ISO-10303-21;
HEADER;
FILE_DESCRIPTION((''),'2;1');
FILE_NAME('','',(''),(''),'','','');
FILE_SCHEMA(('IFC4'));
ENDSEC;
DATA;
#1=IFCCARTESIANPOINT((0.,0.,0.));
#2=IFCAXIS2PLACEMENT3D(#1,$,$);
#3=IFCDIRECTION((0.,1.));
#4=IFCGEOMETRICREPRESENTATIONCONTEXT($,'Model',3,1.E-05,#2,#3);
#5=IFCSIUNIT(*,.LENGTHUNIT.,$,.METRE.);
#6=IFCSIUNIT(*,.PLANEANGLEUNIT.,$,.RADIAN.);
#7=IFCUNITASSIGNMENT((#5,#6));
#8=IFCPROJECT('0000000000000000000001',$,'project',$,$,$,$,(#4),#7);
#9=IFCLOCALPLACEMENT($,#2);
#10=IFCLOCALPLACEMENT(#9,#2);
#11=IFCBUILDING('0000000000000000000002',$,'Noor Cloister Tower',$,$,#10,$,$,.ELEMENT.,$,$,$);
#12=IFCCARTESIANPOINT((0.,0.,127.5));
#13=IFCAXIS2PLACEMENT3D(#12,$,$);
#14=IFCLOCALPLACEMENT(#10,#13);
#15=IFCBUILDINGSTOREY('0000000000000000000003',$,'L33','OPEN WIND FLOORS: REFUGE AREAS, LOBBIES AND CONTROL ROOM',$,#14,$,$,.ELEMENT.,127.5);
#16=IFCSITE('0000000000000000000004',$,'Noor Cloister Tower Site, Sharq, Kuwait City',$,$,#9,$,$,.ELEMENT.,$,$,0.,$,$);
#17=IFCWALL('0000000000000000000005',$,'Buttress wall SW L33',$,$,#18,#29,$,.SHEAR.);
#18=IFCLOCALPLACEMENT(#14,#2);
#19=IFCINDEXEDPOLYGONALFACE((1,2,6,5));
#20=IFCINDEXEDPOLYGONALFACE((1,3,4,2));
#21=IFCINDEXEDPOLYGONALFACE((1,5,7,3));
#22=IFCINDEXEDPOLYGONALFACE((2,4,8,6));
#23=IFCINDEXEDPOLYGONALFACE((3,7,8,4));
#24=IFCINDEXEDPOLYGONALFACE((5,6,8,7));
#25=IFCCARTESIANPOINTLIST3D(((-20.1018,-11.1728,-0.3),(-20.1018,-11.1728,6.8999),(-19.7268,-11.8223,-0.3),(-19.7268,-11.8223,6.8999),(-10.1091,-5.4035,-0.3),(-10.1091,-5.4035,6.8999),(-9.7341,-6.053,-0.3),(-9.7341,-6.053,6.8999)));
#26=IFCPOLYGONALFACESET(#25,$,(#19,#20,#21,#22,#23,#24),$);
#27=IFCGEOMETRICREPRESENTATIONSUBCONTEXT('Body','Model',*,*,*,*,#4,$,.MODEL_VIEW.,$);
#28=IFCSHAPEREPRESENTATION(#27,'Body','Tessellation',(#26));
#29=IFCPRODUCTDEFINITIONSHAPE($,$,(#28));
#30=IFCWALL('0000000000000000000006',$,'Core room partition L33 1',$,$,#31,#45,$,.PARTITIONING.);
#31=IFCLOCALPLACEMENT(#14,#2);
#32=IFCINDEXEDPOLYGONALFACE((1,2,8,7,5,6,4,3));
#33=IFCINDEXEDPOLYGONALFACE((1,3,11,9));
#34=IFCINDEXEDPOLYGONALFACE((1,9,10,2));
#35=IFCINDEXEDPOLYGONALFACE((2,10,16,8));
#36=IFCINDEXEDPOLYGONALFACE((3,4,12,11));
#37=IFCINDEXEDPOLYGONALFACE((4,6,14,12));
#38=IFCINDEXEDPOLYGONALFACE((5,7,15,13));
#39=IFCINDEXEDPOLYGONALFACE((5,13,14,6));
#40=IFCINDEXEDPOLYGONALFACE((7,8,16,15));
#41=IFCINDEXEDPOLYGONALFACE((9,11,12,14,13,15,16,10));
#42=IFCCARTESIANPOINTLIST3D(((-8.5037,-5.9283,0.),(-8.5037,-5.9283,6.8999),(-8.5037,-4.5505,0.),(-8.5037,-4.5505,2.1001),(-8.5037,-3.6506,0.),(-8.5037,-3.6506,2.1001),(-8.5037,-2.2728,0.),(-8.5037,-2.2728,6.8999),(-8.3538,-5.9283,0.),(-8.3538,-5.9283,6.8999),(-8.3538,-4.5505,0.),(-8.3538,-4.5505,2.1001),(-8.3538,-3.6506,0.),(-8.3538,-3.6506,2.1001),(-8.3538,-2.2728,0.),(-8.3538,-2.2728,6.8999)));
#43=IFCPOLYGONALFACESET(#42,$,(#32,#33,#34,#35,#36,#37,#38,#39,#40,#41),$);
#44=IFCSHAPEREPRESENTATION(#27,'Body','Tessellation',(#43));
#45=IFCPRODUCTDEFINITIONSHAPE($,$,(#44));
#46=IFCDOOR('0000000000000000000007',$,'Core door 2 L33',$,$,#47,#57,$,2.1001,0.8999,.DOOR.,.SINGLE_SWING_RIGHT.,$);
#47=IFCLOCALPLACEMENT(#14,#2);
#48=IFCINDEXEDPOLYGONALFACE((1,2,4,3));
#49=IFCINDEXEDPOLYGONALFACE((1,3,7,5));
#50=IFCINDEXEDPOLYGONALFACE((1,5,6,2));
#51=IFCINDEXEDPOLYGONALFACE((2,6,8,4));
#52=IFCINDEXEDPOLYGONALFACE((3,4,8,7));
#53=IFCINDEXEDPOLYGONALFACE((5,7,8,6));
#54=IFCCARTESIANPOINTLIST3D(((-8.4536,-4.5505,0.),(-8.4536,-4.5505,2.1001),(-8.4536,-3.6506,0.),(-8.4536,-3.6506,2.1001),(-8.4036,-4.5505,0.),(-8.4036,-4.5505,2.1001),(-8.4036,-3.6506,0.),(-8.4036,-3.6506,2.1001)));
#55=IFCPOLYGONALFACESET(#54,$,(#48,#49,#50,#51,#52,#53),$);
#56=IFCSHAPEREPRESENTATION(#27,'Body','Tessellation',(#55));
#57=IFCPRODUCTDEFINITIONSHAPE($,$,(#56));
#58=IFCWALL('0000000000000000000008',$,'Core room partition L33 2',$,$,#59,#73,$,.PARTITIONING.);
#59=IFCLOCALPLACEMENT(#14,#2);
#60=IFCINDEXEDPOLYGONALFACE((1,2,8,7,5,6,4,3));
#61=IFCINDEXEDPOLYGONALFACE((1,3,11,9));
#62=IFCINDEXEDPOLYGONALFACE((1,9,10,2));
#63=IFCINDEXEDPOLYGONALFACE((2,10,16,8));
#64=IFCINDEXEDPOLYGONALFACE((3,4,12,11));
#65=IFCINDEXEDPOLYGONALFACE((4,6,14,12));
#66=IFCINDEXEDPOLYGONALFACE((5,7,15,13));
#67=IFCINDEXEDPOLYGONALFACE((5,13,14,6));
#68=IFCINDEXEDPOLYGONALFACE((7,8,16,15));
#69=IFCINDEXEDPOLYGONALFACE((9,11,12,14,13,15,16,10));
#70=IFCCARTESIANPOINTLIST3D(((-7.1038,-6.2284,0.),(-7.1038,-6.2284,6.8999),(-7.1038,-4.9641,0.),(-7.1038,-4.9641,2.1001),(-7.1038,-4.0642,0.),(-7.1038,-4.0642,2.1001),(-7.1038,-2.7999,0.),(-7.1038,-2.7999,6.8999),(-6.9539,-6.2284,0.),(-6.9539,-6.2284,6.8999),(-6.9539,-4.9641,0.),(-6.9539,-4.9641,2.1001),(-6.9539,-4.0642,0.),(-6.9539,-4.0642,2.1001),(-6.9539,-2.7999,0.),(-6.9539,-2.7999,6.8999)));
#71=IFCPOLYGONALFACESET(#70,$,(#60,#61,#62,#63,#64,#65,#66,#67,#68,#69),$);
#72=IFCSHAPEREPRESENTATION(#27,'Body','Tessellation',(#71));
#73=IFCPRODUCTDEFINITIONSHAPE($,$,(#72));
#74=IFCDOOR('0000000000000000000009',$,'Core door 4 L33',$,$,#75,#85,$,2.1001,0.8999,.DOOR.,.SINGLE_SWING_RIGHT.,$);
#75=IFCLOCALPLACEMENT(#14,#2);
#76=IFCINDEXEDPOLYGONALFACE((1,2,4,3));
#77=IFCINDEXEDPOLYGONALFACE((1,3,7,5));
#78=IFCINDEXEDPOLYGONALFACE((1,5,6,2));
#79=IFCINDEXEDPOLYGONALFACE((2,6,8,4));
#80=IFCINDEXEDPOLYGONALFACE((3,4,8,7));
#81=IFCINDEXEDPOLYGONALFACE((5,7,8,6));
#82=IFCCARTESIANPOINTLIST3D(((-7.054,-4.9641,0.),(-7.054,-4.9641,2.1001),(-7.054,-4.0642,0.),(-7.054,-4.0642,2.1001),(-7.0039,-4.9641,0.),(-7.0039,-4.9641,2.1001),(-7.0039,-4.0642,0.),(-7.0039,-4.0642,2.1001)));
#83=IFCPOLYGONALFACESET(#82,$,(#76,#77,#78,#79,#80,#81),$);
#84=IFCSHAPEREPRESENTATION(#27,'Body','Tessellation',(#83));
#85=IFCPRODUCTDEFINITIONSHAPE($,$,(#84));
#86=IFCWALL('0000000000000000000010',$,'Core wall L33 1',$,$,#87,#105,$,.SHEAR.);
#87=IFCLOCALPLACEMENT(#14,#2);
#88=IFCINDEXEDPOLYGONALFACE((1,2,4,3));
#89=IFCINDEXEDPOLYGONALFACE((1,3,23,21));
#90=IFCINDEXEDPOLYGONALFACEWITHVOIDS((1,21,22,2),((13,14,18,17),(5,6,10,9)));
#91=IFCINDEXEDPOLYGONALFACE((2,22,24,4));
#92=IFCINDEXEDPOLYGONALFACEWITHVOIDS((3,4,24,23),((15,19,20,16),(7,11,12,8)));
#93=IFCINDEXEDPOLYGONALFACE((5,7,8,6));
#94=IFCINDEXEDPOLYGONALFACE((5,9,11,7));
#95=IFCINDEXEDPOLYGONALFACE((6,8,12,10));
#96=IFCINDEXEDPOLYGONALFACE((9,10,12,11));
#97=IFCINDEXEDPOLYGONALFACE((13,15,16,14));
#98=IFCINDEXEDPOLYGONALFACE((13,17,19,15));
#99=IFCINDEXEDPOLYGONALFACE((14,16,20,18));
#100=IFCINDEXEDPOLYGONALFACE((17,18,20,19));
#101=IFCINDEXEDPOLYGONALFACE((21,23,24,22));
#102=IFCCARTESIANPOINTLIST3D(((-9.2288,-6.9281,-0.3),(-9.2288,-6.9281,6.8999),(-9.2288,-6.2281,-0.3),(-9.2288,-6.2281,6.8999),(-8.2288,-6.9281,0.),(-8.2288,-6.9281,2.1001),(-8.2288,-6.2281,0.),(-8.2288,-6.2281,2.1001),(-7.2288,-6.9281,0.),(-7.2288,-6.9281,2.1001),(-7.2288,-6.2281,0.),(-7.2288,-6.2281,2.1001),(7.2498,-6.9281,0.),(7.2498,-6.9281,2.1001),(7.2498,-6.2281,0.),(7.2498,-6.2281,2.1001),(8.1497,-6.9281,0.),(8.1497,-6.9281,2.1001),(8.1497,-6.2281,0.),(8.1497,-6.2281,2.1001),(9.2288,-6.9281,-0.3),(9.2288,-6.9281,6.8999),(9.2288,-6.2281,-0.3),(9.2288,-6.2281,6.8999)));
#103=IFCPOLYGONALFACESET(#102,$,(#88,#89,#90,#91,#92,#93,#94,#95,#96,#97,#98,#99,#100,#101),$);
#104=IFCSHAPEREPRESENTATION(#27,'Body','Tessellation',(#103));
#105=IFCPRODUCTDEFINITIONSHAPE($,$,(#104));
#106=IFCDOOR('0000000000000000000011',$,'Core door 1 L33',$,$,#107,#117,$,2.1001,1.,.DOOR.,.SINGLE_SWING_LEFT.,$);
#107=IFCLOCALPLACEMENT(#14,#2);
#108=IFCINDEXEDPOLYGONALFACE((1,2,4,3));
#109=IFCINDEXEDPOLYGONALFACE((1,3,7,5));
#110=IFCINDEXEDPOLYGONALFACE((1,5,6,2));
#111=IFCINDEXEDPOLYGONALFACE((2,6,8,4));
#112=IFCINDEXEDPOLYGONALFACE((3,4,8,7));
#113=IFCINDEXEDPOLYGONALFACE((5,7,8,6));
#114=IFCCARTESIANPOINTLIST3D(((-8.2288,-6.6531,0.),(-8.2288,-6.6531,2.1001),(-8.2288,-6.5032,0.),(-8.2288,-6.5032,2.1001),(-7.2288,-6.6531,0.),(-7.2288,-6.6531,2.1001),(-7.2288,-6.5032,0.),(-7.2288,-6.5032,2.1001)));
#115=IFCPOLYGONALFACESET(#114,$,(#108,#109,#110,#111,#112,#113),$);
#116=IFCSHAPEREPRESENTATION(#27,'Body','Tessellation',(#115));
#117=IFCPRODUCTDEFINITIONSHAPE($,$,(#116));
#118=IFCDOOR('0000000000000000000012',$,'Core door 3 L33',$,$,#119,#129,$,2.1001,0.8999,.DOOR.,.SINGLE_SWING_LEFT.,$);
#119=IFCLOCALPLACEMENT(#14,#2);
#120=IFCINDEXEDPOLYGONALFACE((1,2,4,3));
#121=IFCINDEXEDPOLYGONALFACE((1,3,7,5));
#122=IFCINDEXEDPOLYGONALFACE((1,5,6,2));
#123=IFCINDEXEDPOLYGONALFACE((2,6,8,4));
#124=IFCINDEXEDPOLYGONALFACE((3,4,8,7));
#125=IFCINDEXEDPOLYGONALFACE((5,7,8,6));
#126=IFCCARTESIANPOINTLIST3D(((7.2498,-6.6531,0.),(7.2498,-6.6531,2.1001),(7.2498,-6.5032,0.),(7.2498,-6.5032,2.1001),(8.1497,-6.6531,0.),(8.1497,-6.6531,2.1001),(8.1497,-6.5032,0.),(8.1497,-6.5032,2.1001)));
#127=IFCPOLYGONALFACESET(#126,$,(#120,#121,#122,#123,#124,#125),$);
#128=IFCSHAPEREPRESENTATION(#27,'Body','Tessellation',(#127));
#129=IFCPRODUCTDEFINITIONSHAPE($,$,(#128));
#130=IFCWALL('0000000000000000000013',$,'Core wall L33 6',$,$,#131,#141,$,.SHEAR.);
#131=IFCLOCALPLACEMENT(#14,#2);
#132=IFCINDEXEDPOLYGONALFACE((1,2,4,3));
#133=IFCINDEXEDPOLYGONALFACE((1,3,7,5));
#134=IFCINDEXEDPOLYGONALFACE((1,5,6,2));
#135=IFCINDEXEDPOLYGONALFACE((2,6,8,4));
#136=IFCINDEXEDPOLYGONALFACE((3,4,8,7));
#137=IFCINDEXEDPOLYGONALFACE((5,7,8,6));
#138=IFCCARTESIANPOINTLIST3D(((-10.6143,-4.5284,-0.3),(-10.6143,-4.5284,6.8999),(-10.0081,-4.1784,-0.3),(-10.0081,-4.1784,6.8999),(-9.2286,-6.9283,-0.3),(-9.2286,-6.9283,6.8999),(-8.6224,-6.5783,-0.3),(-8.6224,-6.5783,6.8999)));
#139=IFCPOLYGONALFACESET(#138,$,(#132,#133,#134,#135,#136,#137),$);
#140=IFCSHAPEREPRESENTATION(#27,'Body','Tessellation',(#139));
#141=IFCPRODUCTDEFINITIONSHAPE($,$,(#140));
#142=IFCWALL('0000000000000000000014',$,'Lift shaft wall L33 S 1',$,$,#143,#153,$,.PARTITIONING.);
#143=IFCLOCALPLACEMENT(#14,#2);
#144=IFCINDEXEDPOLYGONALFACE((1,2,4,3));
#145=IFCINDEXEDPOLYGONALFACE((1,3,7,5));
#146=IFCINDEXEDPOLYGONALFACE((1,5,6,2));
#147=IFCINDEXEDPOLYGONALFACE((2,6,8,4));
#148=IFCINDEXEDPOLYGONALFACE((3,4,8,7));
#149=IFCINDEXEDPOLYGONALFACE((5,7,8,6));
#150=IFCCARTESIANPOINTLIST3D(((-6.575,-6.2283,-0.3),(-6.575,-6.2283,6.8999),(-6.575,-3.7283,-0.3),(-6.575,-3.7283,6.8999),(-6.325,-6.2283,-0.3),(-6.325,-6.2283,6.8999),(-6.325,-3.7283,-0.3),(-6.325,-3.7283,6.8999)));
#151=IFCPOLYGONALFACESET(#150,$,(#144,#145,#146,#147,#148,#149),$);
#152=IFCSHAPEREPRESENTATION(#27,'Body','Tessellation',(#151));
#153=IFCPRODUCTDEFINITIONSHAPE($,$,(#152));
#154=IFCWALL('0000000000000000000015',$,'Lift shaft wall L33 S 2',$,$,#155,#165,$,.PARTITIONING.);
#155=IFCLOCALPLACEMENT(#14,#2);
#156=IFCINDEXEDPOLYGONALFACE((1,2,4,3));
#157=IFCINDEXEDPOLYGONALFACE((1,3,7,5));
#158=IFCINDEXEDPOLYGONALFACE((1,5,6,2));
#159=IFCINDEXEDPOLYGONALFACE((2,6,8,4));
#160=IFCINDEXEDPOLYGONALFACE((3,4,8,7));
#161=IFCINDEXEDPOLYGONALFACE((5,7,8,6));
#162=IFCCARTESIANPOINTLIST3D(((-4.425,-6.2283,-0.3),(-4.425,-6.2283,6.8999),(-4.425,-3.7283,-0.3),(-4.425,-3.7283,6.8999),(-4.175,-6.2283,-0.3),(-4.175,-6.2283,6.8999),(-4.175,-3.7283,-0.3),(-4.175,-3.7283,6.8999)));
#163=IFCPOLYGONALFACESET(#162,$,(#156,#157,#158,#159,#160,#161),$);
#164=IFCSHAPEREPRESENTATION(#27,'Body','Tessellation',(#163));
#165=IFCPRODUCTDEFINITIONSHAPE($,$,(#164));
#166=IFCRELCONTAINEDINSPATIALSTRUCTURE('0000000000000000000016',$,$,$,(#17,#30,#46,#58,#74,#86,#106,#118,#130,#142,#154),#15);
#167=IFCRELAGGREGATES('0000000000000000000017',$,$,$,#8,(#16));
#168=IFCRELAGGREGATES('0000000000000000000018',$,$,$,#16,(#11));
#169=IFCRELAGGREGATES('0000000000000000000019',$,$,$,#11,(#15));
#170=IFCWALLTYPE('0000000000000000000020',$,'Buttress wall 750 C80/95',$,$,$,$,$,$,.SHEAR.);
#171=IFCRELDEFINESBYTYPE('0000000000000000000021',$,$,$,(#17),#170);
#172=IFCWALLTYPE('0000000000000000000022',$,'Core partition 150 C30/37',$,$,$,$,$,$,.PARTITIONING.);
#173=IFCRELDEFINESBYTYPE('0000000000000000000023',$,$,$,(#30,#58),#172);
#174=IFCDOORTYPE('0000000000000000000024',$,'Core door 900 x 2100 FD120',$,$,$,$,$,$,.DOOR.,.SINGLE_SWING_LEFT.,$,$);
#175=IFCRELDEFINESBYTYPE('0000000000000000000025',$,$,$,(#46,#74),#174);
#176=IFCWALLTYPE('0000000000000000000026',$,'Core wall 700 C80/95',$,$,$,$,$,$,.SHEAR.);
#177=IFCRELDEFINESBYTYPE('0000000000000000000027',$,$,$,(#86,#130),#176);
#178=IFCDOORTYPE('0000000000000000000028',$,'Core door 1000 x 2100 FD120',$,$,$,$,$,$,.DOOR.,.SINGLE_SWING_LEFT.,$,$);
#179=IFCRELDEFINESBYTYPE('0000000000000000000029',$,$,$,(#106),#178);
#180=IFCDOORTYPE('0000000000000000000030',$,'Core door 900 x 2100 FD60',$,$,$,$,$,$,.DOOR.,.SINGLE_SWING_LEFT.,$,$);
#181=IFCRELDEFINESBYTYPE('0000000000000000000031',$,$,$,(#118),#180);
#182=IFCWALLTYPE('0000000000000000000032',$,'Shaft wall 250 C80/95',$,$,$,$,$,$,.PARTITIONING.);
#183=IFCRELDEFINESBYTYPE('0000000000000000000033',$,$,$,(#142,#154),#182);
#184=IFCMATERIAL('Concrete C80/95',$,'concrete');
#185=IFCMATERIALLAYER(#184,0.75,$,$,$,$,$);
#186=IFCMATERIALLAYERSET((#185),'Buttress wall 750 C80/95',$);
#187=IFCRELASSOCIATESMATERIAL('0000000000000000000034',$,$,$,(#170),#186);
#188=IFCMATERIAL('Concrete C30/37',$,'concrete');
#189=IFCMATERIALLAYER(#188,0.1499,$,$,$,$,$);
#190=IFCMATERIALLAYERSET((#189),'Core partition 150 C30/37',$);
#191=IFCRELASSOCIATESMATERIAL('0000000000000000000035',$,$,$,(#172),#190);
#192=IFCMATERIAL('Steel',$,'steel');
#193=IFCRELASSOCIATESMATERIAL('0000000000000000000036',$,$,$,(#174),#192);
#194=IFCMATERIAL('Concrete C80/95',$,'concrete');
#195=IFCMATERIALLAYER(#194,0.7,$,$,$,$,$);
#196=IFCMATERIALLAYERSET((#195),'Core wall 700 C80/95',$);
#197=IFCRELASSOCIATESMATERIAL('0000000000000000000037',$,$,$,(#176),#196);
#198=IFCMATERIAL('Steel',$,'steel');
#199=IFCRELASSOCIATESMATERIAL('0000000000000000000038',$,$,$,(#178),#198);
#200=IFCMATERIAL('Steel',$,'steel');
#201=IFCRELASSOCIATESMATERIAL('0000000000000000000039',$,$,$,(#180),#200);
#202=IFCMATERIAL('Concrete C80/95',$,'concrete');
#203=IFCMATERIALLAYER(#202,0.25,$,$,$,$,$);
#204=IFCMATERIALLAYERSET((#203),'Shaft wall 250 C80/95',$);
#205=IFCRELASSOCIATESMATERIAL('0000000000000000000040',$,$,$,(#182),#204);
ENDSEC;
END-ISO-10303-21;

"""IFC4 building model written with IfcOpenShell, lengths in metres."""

from ifc_helpers import new_model, si_unit, direction, frame, frame_2d, origin, place, context, subcontext, project, spatial, rectangle, extrude, material, layer, layer_set, type_object, element, fill, save


model = new_model("IFC4")

# Units and contexts
model_context = context("Model", 3, precision=1e-05, world=origin(), true_north=direction((0.0, 1.0)))
body_context = subcontext(model_context, "Body", "Model", "MODEL_VIEW")
ifc_project = project(units=[si_unit("LENGTHUNIT", "METRE"), si_unit("PLANEANGLEUNIT", "RADIAN")], contexts=[model_context])

# Site, building, storey
site_placement = place(None, origin())
site = spatial("IfcSite", under=ifc_project, at=site_placement, Name="Noor Cloister Tower Site, Sharq, Kuwait City", CompositionType="ELEMENT", RefElevation=0.0)
building_placement = place(site_placement, origin())
building = spatial("IfcBuilding", under=site, at=building_placement, Name="Noor Cloister Tower", CompositionType="ELEMENT")
storey_placement = place(building_placement, frame((0.0, 0.0, 127.5)))
storey = spatial("IfcBuildingStorey", under=building, at=storey_placement, Name="L33", Description="OPEN WIND FLOORS: REFUGE AREAS, LOBBIES AND CONTROL ROOM", CompositionType="ELEMENT", Elevation=127.5)

# Wall
ifc_material_1 = material(Name="Concrete C80/95", Category="concrete")
ifc_layer_1 = layer(ifc_material_1, 0.75)
ifc_layer_set_1 = layer_set([ifc_layer_1], Name="Buttress wall 750 C80/95")
wall_type_1 = type_object("IfcWallType", Name="Buttress wall 750 C80/95", PredefinedType="SHEAR", material=ifc_layer_set_1)
wall_1_placement = place(storey_placement, frame((-9.9216, -5.7283, -0.3), z_axis=(0.0, 0.0, 1.0), x_axis=(-0.866025, -0.500001, 0.0)))
element("IfcWall", 1, at=wall_1_placement, inside=storey, type_object=wall_type_1, Name="Buttress wall SW L33", PredefinedType="SHEAR", context=body_context, shape_type="SweptSolid", body=[
    extrude(rectangle(XDim=11.5386, YDim=0.75, at=frame_2d((5.7693, 0.0))), origin(), (0.0, 0.0, 1.0), 7.2),
])

# Walls, openings, doors
ifc_material_2 = material(Name="Concrete C30/37", Category="concrete")
ifc_layer_2 = layer(ifc_material_2, 0.1499)
ifc_layer_set_2 = layer_set([ifc_layer_2], Name="Core partition 150 C30/37")
wall_type_2 = type_object("IfcWallType", Name="Core partition 150 C30/37", PredefinedType="PARTITIONING", material=ifc_layer_set_2)
wall_2_placement = place(storey_placement, frame((-8.4287, -5.9282, 0.0), z_axis=(0.0, 0.0, 1.0), x_axis=(0.0, 1.0, 0.0)))
wall_2 = element("IfcWall", 2, at=wall_2_placement, inside=storey, type_object=wall_type_2, Name="Core room partition L33 1", PredefinedType="PARTITIONING", context=body_context, shape_type="SweptSolid", body=[
    extrude(rectangle(XDim=3.6555, YDim=0.1499, at=frame_2d((1.8276, 0.0))), origin(), (0.0, 0.0, 1.0), 6.8999),
])
opening_1_placement = place(wall_2_placement, frame((1.3777, 0.0, 0.0)))
opening_1 = element("IfcOpeningElement", 3, at=opening_1_placement, cuts=wall_2, PredefinedType="OPENING", context=body_context, shape_type="SweptSolid", body=[
    extrude(rectangle(XDim=0.8999, YDim=2.1001, at=frame_2d((0.45, 1.05))), frame((0.0, 0.085, 0.0), z_axis=(0.0, -1.0, 0.0), x_axis=(1.0, 0.0, 0.0)), (0.0, 0.0, 1.0), 0.1699),
])
ifc_material_3 = material(Name="Steel", Category="steel")
door_type_1 = type_object("IfcDoorType", Name="Core door 900 x 2100 FD120", OperationType="SINGLE_SWING_LEFT", PredefinedType="DOOR", material=ifc_material_3)
door_1_placement = place(opening_1_placement, origin())
door_1 = element("IfcDoor", 4, at=door_1_placement, inside=storey, type_object=door_type_1, Name="Core door 2 L33", OperationType="SINGLE_SWING_RIGHT", OverallHeight=2.1001, OverallWidth=0.8999, PredefinedType="DOOR", context=body_context, shape_type="SweptSolid", body=[
    extrude(rectangle(XDim=0.8999, YDim=2.1001, at=frame_2d((0.45, 1.05))), frame((0.0, 0.0249, 0.0), z_axis=(0.0, -1.0, 0.0), x_axis=(1.0, 0.0, 0.0)), (0.0, 0.0, 1.0), 0.05),
])
fill(opening_1, door_1)
wall_3_placement = place(storey_placement, frame((-7.0288, -2.7998, 0.0), z_axis=(0.0, 0.0, 1.0), x_axis=(0.0, -1.0, 0.0)))
wall_3 = element("IfcWall", 5, at=wall_3_placement, inside=storey, type_object=wall_type_2, Name="Core room partition L33 2", PredefinedType="PARTITIONING", context=body_context, shape_type="SweptSolid", body=[
    extrude(rectangle(XDim=3.4285, YDim=0.1499, at=frame_2d((1.7144, 0.0))), origin(), (0.0, 0.0, 1.0), 6.8999),
])
opening_2_placement = place(wall_3_placement, frame((1.2644, 0.0, 0.0)))
opening_2 = element("IfcOpeningElement", 6, at=opening_2_placement, cuts=wall_3, PredefinedType="OPENING", context=body_context, shape_type="SweptSolid", body=[
    extrude(rectangle(XDim=0.8999, YDim=2.1001, at=frame_2d((0.45, 1.05))), frame((0.0, 0.085, 0.0), z_axis=(0.0, -1.0, 0.0), x_axis=(1.0, 0.0, 0.0)), (0.0, 0.0, 1.0), 0.1699),
])
door_2_placement = place(opening_2_placement, origin())
door_2 = element("IfcDoor", 7, at=door_2_placement, inside=storey, type_object=door_type_1, Name="Core door 4 L33", OperationType="SINGLE_SWING_RIGHT", OverallHeight=2.1001, OverallWidth=0.8999, PredefinedType="DOOR", context=body_context, shape_type="SweptSolid", body=[
    extrude(rectangle(XDim=0.8999, YDim=2.1001, at=frame_2d((0.45, 1.05))), frame((0.0, 0.0249, 0.0), z_axis=(0.0, -1.0, 0.0), x_axis=(1.0, 0.0, 0.0)), (0.0, 0.0, 1.0), 0.05),
])
fill(opening_2, door_2)

# Wall, openings, doors
ifc_material_4 = material(Name="Concrete C80/95", Category="concrete")
ifc_layer_3 = layer(ifc_material_4, 0.7)
ifc_layer_set_3 = layer_set([ifc_layer_3], Name="Core wall 700 C80/95")
wall_type_3 = type_object("IfcWallType", Name="Core wall 700 C80/95", PredefinedType="SHEAR", material=ifc_layer_set_3)
wall_4_placement = place(storey_placement, frame((-9.2288, -6.5781, -0.3), z_axis=(0.0, 0.0, 1.0), x_axis=(1.0, 0.0, 0.0)))
wall_4 = element("IfcWall", 8, at=wall_4_placement, inside=storey, type_object=wall_type_3, Name="Core wall L33 1", PredefinedType="SHEAR", context=body_context, shape_type="SweptSolid", body=[
    extrude(rectangle(XDim=18.4575, YDim=0.7, at=frame_2d((9.2288, 0.0))), origin(), (0.0, 0.0, 1.0), 7.2),
])
opening_3_placement = place(wall_4_placement, frame((1.0, 0.0, 0.3)))
opening_3 = element("IfcOpeningElement", 9, at=opening_3_placement, cuts=wall_4, PredefinedType="OPENING", context=body_context, shape_type="SweptSolid", body=[
    extrude(rectangle(XDim=1.0, YDim=2.1001, at=frame_2d((0.5, 1.05))), frame((0.0, 0.3599, 0.0), z_axis=(0.0, -1.0, 0.0), x_axis=(1.0, 0.0, 0.0)), (0.0, 0.0, 1.0), 0.72),
])
opening_4_placement = place(wall_4_placement, frame((16.4785, 0.0, 0.3)))
opening_4 = element("IfcOpeningElement", 10, at=opening_4_placement, cuts=wall_4, PredefinedType="OPENING", context=body_context, shape_type="SweptSolid", body=[
    extrude(rectangle(XDim=0.8999, YDim=2.1001, at=frame_2d((0.45, 1.05))), frame((0.0, 0.3599, 0.0), z_axis=(0.0, -1.0, 0.0), x_axis=(1.0, 0.0, 0.0)), (0.0, 0.0, 1.0), 0.72),
])
ifc_material_5 = material(Name="Steel", Category="steel")
door_type_2 = type_object("IfcDoorType", Name="Core door 1000 x 2100 FD120", OperationType="SINGLE_SWING_LEFT", PredefinedType="DOOR", material=ifc_material_5)
door_3_placement = place(opening_3_placement, origin())
door_3 = element("IfcDoor", 11, at=door_3_placement, inside=storey, type_object=door_type_2, Name="Core door 1 L33", OperationType="SINGLE_SWING_LEFT", OverallHeight=2.1001, OverallWidth=1.0, PredefinedType="DOOR", context=body_context, shape_type="SweptSolid", body=[
    extrude(rectangle(XDim=1.0, YDim=2.1001, at=frame_2d((0.5, 1.05))), frame((0.0, 0.075, 0.0), z_axis=(0.0, -1.0, 0.0), x_axis=(1.0, 0.0, 0.0)), (0.0, 0.0, 1.0), 0.1499),
])
fill(opening_3, door_3)
ifc_material_6 = material(Name="Steel", Category="steel")
door_type_3 = type_object("IfcDoorType", Name="Core door 900 x 2100 FD60", OperationType="SINGLE_SWING_LEFT", PredefinedType="DOOR", material=ifc_material_6)
door_4_placement = place(opening_4_placement, origin())
door_4 = element("IfcDoor", 12, at=door_4_placement, inside=storey, type_object=door_type_3, Name="Core door 3 L33", OperationType="SINGLE_SWING_LEFT", OverallHeight=2.1001, OverallWidth=0.8999, PredefinedType="DOOR", context=body_context, shape_type="SweptSolid", body=[
    extrude(rectangle(XDim=0.8999, YDim=2.1001, at=frame_2d((0.45, 1.05))), frame((0.0, 0.075, 0.0), z_axis=(0.0, -1.0, 0.0), x_axis=(1.0, 0.0, 0.0)), (0.0, 0.0, 1.0), 0.1499),
])
fill(opening_4, door_4)

# Walls
wall_5_placement = place(storey_placement, frame((-10.3113, -4.3533, -0.3), z_axis=(0.0, 0.0, 1.0), x_axis=(0.500043, -0.866001, 0.0)))
element("IfcWall", 13, at=wall_5_placement, inside=storey, type_object=wall_type_3, Name="Core wall L33 6", PredefinedType="SHEAR", context=body_context, shape_type="SweptSolid", body=[
    extrude(rectangle(XDim=2.7712, YDim=0.7, at=frame_2d((1.3857, 0.0))), origin(), (0.0, 0.0, 1.0), 7.2),
])
ifc_material_7 = material(Name="Concrete C80/95", Category="concrete")
ifc_layer_4 = layer(ifc_material_7, 0.25)
ifc_layer_set_4 = layer_set([ifc_layer_4], Name="Shaft wall 250 C80/95")
wall_type_4 = type_object("IfcWallType", Name="Shaft wall 250 C80/95", PredefinedType="PARTITIONING", material=ifc_layer_set_4)
for number, where, z_axis, x_axis, name in (
    (14, (-6.45, -6.2283, -0.3), (0.0, 0.0, 1.0), (0.0, 1.0, 0.0), "Lift shaft wall L33 S 1"),
    (15, (-4.3, -6.2283, -0.3), (0.0, 0.0, 1.0), (0.0, 1.0, 0.0), "Lift shaft wall L33 S 2"),
):
    element("IfcWall", number, at=place(storey_placement, frame(where, z_axis=z_axis, x_axis=x_axis)), inside=storey, type_object=wall_type_4, Name=name, PredefinedType="PARTITIONING", context=body_context, shape_type="SweptSolid", body=[
        extrude(rectangle(XDim=2.5, YDim=0.25, at=frame_2d((1.25, 0.0))), origin(), (0.0, 0.0, 1.0), 7.2),
    ])

save(model, "model.ifc")
